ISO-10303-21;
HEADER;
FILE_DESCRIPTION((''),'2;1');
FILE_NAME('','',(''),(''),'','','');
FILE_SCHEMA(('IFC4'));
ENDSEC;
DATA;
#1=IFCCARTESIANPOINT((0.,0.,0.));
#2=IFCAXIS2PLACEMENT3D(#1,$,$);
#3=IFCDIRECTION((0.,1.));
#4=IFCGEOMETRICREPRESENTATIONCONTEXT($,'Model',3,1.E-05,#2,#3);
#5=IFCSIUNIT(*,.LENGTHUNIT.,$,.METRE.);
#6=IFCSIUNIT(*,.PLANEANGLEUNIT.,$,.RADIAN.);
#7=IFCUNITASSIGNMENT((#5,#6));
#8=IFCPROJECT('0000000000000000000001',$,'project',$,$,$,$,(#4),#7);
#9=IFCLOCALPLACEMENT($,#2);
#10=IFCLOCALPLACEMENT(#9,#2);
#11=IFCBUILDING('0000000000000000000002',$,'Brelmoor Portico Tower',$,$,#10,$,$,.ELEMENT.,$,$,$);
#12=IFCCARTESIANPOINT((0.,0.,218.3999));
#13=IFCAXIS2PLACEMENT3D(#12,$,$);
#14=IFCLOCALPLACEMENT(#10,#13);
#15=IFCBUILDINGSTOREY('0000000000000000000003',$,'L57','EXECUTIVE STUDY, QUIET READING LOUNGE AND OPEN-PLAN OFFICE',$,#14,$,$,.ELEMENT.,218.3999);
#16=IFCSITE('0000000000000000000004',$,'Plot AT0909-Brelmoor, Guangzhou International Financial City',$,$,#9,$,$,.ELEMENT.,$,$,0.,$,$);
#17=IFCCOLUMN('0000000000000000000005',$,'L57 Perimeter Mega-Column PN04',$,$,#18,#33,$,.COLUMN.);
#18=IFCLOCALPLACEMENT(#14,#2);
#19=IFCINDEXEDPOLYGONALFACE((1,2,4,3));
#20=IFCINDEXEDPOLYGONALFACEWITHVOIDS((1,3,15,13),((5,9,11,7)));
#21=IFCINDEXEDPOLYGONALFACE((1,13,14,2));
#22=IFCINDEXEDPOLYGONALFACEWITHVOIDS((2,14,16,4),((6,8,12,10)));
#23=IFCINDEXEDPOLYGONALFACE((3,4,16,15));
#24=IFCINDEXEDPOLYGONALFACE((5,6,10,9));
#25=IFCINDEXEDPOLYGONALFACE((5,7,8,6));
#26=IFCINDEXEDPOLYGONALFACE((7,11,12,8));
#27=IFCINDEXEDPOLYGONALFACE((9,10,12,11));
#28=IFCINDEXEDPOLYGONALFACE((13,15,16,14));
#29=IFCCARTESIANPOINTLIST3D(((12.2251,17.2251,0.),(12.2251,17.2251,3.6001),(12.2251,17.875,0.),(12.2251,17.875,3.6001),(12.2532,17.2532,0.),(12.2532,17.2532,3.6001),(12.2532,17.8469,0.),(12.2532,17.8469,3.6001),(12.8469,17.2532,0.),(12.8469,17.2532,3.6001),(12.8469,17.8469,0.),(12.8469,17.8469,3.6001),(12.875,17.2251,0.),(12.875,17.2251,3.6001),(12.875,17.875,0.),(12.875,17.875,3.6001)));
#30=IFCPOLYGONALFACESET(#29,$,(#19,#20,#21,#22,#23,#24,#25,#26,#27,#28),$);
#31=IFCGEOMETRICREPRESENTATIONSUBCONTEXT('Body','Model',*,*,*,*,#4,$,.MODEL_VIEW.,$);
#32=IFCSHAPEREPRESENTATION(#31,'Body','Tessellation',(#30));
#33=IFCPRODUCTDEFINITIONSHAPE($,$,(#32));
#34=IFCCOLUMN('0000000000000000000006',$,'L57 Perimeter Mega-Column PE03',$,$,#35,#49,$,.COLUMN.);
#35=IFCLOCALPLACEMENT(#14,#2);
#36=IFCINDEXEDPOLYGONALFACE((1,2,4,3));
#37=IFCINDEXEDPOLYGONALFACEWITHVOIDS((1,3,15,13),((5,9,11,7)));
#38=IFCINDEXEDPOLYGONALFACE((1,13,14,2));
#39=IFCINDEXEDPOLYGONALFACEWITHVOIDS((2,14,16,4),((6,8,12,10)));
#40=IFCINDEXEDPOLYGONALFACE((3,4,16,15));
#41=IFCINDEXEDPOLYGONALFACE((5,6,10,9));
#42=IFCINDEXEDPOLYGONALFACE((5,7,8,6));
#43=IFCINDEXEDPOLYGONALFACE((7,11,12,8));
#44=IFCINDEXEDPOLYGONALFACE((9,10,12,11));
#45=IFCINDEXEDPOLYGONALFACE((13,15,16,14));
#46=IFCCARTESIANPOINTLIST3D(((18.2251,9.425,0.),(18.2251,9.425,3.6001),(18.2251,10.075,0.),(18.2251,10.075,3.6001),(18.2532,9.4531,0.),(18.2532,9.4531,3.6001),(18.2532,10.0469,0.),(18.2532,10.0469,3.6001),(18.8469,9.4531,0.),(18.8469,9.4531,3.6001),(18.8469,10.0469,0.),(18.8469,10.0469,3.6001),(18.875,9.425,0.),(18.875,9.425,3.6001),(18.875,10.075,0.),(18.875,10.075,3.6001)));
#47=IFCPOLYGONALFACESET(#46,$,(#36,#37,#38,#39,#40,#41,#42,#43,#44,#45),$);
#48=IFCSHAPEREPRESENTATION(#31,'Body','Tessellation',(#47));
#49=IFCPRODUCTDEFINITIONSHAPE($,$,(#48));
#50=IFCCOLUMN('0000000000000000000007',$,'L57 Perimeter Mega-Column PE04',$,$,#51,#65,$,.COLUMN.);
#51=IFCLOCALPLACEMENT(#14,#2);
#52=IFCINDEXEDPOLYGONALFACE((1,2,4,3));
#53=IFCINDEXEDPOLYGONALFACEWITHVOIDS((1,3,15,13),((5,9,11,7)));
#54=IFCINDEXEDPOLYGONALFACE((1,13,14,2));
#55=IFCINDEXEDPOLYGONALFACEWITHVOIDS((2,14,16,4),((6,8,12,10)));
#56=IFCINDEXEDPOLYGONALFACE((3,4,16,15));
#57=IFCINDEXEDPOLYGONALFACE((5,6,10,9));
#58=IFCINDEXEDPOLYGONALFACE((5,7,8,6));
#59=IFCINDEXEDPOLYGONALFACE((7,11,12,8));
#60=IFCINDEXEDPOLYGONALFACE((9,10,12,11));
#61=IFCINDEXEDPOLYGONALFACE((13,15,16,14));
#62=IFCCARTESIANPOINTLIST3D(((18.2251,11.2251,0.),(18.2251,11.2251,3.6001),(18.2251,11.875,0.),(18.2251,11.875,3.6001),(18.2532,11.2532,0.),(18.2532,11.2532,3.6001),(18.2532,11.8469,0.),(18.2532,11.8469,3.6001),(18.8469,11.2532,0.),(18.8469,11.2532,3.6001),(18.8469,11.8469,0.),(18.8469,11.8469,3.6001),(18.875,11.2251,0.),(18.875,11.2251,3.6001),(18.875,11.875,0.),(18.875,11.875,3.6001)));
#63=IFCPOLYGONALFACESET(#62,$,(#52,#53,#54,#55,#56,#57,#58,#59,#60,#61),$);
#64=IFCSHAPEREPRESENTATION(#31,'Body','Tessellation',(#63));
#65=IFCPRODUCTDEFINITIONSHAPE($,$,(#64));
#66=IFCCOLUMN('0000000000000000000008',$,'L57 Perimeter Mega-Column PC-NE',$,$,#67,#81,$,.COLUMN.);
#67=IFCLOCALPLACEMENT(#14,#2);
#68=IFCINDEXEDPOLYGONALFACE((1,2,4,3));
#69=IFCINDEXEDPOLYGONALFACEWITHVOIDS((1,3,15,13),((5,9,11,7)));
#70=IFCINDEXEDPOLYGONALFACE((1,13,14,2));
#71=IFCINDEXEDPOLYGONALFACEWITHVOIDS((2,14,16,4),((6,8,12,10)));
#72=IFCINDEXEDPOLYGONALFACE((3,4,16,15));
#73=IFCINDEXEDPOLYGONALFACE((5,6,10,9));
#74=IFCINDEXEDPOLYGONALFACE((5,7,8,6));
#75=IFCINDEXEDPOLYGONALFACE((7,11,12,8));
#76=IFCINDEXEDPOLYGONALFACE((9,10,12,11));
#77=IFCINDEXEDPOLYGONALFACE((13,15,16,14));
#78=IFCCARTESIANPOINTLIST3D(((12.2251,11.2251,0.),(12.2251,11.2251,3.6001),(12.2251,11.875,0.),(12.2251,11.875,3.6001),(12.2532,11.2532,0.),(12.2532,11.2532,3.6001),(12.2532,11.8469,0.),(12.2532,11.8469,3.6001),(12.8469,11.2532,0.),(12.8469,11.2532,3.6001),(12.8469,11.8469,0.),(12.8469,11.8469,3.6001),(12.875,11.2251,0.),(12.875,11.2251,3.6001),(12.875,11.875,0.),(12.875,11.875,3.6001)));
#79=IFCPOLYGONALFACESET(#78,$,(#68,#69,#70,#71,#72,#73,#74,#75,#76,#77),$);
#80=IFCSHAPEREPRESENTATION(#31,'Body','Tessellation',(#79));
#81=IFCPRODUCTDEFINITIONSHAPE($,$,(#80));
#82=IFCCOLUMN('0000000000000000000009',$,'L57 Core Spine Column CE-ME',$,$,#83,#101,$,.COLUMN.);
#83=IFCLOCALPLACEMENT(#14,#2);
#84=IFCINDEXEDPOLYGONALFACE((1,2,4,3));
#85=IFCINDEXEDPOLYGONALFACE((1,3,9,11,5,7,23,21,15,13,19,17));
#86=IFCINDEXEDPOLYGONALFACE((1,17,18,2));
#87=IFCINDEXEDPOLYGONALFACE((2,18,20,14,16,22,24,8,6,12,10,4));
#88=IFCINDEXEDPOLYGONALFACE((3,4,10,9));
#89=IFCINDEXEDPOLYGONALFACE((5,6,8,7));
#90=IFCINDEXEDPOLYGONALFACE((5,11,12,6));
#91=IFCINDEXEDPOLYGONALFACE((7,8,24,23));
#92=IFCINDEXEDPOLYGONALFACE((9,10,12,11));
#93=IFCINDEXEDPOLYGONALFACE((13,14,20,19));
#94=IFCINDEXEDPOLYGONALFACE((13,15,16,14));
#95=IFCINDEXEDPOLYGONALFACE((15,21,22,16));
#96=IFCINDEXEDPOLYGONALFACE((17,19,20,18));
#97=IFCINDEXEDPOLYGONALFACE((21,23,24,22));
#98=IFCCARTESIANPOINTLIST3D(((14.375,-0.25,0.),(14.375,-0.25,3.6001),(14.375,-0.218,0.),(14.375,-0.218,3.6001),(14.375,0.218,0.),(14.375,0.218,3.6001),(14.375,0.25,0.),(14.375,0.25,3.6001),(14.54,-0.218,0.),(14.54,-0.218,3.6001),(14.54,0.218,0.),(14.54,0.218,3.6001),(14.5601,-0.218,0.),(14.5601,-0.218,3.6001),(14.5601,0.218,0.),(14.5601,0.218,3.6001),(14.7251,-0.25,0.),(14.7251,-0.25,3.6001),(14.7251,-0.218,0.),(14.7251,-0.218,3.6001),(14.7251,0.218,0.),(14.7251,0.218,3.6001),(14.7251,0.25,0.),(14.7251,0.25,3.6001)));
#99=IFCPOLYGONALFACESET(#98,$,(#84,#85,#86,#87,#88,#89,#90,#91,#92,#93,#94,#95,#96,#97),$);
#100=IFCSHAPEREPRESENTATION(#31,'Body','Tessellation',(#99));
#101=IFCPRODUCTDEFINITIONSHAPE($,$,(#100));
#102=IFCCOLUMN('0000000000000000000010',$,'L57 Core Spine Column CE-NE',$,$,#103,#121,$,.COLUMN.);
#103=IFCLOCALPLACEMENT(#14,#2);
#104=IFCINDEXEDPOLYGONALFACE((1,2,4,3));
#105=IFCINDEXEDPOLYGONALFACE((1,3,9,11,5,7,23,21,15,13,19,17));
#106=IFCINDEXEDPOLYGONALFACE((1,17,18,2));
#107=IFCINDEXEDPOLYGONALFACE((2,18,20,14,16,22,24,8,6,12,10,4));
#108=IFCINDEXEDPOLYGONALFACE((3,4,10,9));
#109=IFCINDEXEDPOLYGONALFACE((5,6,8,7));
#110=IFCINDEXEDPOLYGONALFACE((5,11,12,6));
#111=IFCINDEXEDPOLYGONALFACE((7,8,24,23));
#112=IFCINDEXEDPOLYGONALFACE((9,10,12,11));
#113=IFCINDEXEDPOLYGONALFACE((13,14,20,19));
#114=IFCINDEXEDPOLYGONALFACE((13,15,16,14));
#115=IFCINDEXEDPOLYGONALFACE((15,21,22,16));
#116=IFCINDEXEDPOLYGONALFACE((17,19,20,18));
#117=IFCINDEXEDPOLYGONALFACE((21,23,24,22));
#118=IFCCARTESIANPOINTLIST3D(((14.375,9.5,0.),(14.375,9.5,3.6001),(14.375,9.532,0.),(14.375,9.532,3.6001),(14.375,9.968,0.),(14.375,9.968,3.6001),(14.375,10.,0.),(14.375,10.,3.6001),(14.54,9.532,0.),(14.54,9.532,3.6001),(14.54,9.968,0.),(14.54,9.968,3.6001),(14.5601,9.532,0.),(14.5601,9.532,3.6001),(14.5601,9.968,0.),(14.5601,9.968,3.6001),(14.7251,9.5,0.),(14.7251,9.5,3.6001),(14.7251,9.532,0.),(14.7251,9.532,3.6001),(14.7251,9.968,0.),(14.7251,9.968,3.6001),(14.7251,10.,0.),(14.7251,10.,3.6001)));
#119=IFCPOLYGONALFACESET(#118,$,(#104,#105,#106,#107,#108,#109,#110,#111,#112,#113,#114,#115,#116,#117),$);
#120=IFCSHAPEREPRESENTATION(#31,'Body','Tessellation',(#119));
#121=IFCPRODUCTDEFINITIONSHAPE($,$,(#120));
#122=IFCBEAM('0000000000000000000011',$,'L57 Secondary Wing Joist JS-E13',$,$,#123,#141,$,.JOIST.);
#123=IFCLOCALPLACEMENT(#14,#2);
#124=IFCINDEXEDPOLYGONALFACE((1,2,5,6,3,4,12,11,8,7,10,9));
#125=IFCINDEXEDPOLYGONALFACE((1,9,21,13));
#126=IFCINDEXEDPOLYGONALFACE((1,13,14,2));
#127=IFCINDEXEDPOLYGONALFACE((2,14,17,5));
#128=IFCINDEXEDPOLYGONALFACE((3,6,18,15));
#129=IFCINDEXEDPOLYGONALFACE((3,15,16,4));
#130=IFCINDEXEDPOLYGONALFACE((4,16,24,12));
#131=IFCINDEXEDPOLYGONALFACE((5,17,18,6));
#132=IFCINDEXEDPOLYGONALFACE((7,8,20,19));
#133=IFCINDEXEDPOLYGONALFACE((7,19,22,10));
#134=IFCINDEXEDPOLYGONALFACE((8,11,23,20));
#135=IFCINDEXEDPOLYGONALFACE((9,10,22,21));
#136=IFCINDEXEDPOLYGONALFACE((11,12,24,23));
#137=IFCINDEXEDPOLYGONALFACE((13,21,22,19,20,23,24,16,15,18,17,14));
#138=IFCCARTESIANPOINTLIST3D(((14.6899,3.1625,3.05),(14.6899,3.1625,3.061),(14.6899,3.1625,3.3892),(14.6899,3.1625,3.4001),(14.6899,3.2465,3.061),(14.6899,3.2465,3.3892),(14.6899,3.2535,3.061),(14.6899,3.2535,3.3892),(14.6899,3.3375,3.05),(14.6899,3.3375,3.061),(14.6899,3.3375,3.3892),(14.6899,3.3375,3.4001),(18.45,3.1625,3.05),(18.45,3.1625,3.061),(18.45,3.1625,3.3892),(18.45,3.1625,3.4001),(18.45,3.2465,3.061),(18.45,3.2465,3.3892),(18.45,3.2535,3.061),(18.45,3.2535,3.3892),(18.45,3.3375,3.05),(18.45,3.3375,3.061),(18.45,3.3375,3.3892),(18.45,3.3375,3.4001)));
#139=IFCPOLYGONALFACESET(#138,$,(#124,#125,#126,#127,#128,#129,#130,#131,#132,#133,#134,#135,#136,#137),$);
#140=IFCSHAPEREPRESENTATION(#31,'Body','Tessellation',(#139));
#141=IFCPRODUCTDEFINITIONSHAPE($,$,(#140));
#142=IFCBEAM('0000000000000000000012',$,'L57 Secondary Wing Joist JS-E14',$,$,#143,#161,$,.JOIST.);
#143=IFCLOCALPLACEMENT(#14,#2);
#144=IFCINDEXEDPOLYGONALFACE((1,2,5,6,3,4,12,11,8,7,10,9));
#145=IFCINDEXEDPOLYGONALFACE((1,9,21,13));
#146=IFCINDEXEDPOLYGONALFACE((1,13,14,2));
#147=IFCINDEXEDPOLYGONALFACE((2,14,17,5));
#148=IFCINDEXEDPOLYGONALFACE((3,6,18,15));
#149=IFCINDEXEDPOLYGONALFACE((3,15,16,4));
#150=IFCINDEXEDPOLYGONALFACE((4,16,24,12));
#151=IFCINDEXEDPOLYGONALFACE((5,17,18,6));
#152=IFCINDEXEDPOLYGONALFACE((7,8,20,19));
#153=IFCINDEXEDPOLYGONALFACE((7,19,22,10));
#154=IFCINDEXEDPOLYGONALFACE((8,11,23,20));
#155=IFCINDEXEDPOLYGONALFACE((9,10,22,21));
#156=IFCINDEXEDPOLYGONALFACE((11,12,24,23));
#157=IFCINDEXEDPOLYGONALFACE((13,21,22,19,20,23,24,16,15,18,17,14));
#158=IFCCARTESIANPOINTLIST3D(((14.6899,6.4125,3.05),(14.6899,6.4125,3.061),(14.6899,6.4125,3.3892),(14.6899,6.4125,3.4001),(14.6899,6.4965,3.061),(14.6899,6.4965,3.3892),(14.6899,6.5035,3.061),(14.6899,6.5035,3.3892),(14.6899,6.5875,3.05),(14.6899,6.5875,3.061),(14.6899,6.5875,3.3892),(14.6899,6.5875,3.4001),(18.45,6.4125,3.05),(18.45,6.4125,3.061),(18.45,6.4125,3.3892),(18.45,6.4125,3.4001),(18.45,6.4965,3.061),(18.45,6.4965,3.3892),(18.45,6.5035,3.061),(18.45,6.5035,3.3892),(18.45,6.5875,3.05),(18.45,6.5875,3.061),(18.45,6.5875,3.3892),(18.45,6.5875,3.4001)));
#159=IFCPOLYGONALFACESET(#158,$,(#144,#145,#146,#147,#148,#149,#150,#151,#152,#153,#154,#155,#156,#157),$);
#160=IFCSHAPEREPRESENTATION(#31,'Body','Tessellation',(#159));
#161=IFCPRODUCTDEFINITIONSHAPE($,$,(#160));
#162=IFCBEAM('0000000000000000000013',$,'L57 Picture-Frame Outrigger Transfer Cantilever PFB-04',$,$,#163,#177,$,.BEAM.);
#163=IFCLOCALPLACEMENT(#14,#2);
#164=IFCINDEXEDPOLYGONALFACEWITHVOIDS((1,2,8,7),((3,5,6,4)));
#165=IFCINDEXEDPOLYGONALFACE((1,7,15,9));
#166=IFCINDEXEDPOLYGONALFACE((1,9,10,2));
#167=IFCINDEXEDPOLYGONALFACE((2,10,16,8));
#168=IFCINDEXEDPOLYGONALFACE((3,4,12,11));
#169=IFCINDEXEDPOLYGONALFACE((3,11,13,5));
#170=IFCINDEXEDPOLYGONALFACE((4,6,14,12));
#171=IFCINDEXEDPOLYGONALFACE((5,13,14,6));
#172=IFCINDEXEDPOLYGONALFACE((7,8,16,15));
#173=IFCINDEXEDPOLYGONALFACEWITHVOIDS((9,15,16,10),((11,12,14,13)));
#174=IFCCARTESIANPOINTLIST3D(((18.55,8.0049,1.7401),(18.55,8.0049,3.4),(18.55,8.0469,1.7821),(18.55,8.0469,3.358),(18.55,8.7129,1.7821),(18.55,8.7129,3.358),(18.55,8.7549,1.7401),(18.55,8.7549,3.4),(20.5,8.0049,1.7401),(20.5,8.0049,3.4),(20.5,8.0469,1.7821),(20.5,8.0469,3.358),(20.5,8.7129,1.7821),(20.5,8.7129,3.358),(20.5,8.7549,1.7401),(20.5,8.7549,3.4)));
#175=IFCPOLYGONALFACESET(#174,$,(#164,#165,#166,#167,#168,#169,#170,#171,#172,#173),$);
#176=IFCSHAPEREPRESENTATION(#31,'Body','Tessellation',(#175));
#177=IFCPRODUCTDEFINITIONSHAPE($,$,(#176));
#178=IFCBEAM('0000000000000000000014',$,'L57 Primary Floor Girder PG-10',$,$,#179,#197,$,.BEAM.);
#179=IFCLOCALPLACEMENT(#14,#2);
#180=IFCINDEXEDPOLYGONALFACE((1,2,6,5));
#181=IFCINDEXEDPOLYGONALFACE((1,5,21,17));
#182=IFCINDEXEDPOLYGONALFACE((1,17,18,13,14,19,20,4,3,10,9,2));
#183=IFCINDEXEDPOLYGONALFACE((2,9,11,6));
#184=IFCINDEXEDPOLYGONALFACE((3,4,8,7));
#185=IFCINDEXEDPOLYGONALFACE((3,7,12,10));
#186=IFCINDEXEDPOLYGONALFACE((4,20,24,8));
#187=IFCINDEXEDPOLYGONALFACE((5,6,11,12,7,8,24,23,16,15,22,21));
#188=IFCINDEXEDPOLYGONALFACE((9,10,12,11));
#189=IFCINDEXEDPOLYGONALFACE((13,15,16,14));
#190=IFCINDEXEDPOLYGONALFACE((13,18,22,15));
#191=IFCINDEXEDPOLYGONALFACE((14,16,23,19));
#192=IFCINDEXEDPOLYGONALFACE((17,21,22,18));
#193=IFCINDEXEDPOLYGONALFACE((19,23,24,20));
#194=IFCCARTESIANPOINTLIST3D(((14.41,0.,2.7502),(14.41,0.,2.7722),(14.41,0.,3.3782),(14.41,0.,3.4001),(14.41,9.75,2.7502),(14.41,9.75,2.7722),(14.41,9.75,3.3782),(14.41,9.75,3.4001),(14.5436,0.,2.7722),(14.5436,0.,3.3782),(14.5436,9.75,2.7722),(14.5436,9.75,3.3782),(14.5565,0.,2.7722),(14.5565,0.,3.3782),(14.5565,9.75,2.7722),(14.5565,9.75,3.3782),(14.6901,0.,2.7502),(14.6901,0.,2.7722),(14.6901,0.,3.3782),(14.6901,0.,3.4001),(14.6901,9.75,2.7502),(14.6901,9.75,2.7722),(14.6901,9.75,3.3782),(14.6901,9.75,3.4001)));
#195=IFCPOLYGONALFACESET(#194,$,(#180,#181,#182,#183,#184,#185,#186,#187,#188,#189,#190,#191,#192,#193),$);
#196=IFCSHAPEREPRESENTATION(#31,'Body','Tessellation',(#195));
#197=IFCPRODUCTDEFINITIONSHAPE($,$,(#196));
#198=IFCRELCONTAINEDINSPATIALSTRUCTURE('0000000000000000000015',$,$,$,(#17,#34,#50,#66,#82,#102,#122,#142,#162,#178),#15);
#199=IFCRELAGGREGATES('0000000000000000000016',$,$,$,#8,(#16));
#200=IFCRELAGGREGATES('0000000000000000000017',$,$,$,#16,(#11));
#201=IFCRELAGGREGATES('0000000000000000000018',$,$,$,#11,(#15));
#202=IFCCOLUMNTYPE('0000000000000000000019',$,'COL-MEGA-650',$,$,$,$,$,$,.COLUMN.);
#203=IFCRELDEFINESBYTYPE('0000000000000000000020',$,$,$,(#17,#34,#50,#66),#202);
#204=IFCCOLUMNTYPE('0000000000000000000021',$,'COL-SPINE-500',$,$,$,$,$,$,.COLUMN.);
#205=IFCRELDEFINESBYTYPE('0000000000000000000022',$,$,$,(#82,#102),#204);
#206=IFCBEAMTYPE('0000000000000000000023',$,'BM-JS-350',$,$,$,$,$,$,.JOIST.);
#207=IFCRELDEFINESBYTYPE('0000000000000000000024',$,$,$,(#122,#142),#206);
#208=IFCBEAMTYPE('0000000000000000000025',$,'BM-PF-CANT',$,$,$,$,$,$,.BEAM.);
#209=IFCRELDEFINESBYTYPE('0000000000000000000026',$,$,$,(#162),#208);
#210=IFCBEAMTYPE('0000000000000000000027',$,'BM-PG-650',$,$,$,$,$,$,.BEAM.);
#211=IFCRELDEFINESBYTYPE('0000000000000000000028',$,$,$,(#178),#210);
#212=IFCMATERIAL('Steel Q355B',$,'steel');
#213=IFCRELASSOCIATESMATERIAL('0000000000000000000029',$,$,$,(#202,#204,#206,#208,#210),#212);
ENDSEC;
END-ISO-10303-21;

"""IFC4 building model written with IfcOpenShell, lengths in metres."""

from ifc_helpers import new_model, si_unit, direction, frame, origin, origin_2d, place, context, subcontext, project, spatial, hollow_rectangle, i_section, extrude, material, material_profile, profile_set, type_object, element, save


model = new_model("IFC4")

# Units and contexts
model_context = context("Model", 3, precision=1e-05, world=origin(), true_north=direction((0.0, 1.0)))
body_context = subcontext(model_context, "Body", "Model", "MODEL_VIEW")
ifc_project = project(units=[si_unit("LENGTHUNIT", "METRE"), si_unit("PLANEANGLEUNIT", "RADIAN")], contexts=[model_context])

# Site, building, storey
site_placement = place(None, origin())
site = spatial("IfcSite", under=ifc_project, at=site_placement, Name="Plot AT0909-Brelmoor, Guangzhou International Financial City", CompositionType="ELEMENT", RefElevation=0.0)
building_placement = place(site_placement, origin())
building = spatial("IfcBuilding", under=site, at=building_placement, Name="Brelmoor Portico Tower", CompositionType="ELEMENT")
storey_placement = place(building_placement, frame((0.0, 0.0, 218.3999)))
storey = spatial("IfcBuildingStorey", under=building, at=storey_placement, Name="L57", Description="EXECUTIVE STUDY, QUIET READING LOUNGE AND OPEN-PLAN OFFICE", CompositionType="ELEMENT", Elevation=218.3999)

# Columns
ifc_material_1 = material(Name="Steel Q355B", Category="steel")
ifc_material_profile_1 = material_profile(ifc_material_1, hollow_rectangle(XDim=0.6499, YDim=0.6499, WallThickness=0.0281, at=origin_2d()), Name="BOX 650x650x28")
ifc_profile_set_1 = profile_set([ifc_material_profile_1], Name="Steel Q355B")
column_type_1 = type_object("IfcColumnType", Name="COL-MEGA-650", PredefinedType="COLUMN", material=ifc_profile_set_1)
for number, where, z_axis, x_axis, name in (
    (1, (12.55, 17.55, 0.0), (0.0, 0.0, 1.0), (1.0, 0.0, 0.0), "L57 Perimeter Mega-Column PN04"),
    (2, (18.55, 9.75, 0.0), (0.0, 0.0, 1.0), (0.0, 1.0, 0.0), "L57 Perimeter Mega-Column PE03"),
    (3, (18.55, 11.55, 0.0), (0.0, 0.0, 1.0), (0.0, 1.0, 0.0), "L57 Perimeter Mega-Column PE04"),
    (4, (12.55, 11.55, 0.0), (0.0, 0.0, 1.0), (1.0, 0.0, 0.0), "L57 Perimeter Mega-Column PC-NE"),
):
    element("IfcColumn", number, at=place(storey_placement, frame(where, z_axis=z_axis, x_axis=x_axis)), inside=storey, type_object=column_type_1, Name=name, PredefinedType="COLUMN", context=body_context, shape_type="SweptSolid", body=[
        extrude(hollow_rectangle(XDim=0.6499, YDim=0.6499, WallThickness=0.0281, at=origin_2d()), origin(), (0.0, 0.0, 1.0), 3.6001),
    ])
ifc_material_profile_2 = material_profile(ifc_material_1, i_section(OverallWidth=0.3501, OverallDepth=0.5, WebThickness=0.02, FlangeThickness=0.032, at=origin_2d()), Name="HW 500x350x20x32")
ifc_profile_set_2 = profile_set([ifc_material_profile_2], Name="Steel Q355B")
column_type_2 = type_object("IfcColumnType", Name="COL-SPINE-500", PredefinedType="COLUMN", material=ifc_profile_set_2)
for number, where, z_axis, x_axis, name in (
    (5, (14.55, 0.0, 0.0), (0.0, 0.0, 1.0), (1.0, 0.0, 0.0), "L57 Core Spine Column CE-ME"),
    (6, (14.55, 9.75, 0.0), (0.0, 0.0, 1.0), (1.0, 0.0, 0.0), "L57 Core Spine Column CE-NE"),
):
    element("IfcColumn", number, at=place(storey_placement, frame(where, z_axis=z_axis, x_axis=x_axis)), inside=storey, type_object=column_type_2, Name=name, PredefinedType="COLUMN", context=body_context, shape_type="SweptSolid", body=[
        extrude(i_section(OverallWidth=0.3501, OverallDepth=0.5, WebThickness=0.02, FlangeThickness=0.032, at=origin_2d()), origin(), (0.0, 0.0, 1.0), 3.6001),
    ])

# Beams
ifc_material_profile_3 = material_profile(ifc_material_1, i_section(OverallWidth=0.175, OverallDepth=0.3501, WebThickness=0.0071, FlangeThickness=0.011, at=origin_2d()), Name="HN 350x175x7x11")
ifc_profile_set_3 = profile_set([ifc_material_profile_3], Name="Steel Q355B")
beam_type_1 = type_object("IfcBeamType", Name="BM-JS-350", PredefinedType="JOIST", material=ifc_profile_set_3)
for number, where, z_axis, x_axis, name in (
    (7, (14.6899, 3.25, 3.2251), (1.0, 0.0, 0.0), (0.0, 1.0, 0.0), "L57 Secondary Wing Joist JS-E13"),
    (8, (14.6899, 6.5, 3.2251), (1.0, 0.0, 0.0), (0.0, 1.0, 0.0), "L57 Secondary Wing Joist JS-E14"),
):
    element("IfcBeam", number, at=place(storey_placement, frame(where, z_axis=z_axis, x_axis=x_axis)), inside=storey, type_object=beam_type_1, Name=name, PredefinedType="JOIST", context=body_context, shape_type="SweptSolid", body=[
        extrude(i_section(OverallWidth=0.175, OverallDepth=0.3501, WebThickness=0.0071, FlangeThickness=0.011, at=origin_2d()), origin(), (0.0, 0.0, 1.0), 3.76),
    ])
ifc_material_profile_4 = material_profile(ifc_material_1, hollow_rectangle(XDim=0.75, YDim=1.6599, WallThickness=0.042, at=origin_2d()), Name="BOX 750x1660x42")
ifc_profile_set_4 = profile_set([ifc_material_profile_4], Name="Steel Q355B")
beam_type_2 = type_object("IfcBeamType", Name="BM-PF-CANT", PredefinedType="BEAM", material=ifc_profile_set_4)
beam_1_placement = place(storey_placement, frame((18.55, 8.3799, 2.5701), z_axis=(1.0, 0.0, 0.0), x_axis=(0.0, 1.0, 0.0)))
element("IfcBeam", 9, at=beam_1_placement, inside=storey, type_object=beam_type_2, Name="L57 Picture-Frame Outrigger Transfer Cantilever PFB-04", PredefinedType="BEAM", context=body_context, shape_type="SweptSolid", body=[
    extrude(hollow_rectangle(XDim=0.75, YDim=1.6599, WallThickness=0.042, at=origin_2d()), origin(), (0.0, 0.0, 1.0), 1.95),
])
ifc_material_profile_5 = material_profile(ifc_material_1, i_section(OverallWidth=0.28, OverallDepth=0.6499, WebThickness=0.0129, FlangeThickness=0.022, at=origin_2d()), Name="HN 650x280x13x22")
ifc_profile_set_5 = profile_set([ifc_material_profile_5], Name="Steel Q355B")
beam_type_3 = type_object("IfcBeamType", Name="BM-PG-650", PredefinedType="BEAM", material=ifc_profile_set_5)
beam_2_placement = place(storey_placement, frame((14.55, 0.0, 3.0752), z_axis=(0.0, 1.0, 0.0), x_axis=(-1.0, 0.0, 0.0)))
element("IfcBeam", 10, at=beam_2_placement, inside=storey, type_object=beam_type_3, Name="L57 Primary Floor Girder PG-10", PredefinedType="BEAM", context=body_context, shape_type="SweptSolid", body=[
    extrude(i_section(OverallWidth=0.28, OverallDepth=0.6499, WebThickness=0.0129, FlangeThickness=0.022, at=origin_2d()), origin(), (0.0, 0.0, 1.0), 9.75),
])

save(model, "model.ifc")
